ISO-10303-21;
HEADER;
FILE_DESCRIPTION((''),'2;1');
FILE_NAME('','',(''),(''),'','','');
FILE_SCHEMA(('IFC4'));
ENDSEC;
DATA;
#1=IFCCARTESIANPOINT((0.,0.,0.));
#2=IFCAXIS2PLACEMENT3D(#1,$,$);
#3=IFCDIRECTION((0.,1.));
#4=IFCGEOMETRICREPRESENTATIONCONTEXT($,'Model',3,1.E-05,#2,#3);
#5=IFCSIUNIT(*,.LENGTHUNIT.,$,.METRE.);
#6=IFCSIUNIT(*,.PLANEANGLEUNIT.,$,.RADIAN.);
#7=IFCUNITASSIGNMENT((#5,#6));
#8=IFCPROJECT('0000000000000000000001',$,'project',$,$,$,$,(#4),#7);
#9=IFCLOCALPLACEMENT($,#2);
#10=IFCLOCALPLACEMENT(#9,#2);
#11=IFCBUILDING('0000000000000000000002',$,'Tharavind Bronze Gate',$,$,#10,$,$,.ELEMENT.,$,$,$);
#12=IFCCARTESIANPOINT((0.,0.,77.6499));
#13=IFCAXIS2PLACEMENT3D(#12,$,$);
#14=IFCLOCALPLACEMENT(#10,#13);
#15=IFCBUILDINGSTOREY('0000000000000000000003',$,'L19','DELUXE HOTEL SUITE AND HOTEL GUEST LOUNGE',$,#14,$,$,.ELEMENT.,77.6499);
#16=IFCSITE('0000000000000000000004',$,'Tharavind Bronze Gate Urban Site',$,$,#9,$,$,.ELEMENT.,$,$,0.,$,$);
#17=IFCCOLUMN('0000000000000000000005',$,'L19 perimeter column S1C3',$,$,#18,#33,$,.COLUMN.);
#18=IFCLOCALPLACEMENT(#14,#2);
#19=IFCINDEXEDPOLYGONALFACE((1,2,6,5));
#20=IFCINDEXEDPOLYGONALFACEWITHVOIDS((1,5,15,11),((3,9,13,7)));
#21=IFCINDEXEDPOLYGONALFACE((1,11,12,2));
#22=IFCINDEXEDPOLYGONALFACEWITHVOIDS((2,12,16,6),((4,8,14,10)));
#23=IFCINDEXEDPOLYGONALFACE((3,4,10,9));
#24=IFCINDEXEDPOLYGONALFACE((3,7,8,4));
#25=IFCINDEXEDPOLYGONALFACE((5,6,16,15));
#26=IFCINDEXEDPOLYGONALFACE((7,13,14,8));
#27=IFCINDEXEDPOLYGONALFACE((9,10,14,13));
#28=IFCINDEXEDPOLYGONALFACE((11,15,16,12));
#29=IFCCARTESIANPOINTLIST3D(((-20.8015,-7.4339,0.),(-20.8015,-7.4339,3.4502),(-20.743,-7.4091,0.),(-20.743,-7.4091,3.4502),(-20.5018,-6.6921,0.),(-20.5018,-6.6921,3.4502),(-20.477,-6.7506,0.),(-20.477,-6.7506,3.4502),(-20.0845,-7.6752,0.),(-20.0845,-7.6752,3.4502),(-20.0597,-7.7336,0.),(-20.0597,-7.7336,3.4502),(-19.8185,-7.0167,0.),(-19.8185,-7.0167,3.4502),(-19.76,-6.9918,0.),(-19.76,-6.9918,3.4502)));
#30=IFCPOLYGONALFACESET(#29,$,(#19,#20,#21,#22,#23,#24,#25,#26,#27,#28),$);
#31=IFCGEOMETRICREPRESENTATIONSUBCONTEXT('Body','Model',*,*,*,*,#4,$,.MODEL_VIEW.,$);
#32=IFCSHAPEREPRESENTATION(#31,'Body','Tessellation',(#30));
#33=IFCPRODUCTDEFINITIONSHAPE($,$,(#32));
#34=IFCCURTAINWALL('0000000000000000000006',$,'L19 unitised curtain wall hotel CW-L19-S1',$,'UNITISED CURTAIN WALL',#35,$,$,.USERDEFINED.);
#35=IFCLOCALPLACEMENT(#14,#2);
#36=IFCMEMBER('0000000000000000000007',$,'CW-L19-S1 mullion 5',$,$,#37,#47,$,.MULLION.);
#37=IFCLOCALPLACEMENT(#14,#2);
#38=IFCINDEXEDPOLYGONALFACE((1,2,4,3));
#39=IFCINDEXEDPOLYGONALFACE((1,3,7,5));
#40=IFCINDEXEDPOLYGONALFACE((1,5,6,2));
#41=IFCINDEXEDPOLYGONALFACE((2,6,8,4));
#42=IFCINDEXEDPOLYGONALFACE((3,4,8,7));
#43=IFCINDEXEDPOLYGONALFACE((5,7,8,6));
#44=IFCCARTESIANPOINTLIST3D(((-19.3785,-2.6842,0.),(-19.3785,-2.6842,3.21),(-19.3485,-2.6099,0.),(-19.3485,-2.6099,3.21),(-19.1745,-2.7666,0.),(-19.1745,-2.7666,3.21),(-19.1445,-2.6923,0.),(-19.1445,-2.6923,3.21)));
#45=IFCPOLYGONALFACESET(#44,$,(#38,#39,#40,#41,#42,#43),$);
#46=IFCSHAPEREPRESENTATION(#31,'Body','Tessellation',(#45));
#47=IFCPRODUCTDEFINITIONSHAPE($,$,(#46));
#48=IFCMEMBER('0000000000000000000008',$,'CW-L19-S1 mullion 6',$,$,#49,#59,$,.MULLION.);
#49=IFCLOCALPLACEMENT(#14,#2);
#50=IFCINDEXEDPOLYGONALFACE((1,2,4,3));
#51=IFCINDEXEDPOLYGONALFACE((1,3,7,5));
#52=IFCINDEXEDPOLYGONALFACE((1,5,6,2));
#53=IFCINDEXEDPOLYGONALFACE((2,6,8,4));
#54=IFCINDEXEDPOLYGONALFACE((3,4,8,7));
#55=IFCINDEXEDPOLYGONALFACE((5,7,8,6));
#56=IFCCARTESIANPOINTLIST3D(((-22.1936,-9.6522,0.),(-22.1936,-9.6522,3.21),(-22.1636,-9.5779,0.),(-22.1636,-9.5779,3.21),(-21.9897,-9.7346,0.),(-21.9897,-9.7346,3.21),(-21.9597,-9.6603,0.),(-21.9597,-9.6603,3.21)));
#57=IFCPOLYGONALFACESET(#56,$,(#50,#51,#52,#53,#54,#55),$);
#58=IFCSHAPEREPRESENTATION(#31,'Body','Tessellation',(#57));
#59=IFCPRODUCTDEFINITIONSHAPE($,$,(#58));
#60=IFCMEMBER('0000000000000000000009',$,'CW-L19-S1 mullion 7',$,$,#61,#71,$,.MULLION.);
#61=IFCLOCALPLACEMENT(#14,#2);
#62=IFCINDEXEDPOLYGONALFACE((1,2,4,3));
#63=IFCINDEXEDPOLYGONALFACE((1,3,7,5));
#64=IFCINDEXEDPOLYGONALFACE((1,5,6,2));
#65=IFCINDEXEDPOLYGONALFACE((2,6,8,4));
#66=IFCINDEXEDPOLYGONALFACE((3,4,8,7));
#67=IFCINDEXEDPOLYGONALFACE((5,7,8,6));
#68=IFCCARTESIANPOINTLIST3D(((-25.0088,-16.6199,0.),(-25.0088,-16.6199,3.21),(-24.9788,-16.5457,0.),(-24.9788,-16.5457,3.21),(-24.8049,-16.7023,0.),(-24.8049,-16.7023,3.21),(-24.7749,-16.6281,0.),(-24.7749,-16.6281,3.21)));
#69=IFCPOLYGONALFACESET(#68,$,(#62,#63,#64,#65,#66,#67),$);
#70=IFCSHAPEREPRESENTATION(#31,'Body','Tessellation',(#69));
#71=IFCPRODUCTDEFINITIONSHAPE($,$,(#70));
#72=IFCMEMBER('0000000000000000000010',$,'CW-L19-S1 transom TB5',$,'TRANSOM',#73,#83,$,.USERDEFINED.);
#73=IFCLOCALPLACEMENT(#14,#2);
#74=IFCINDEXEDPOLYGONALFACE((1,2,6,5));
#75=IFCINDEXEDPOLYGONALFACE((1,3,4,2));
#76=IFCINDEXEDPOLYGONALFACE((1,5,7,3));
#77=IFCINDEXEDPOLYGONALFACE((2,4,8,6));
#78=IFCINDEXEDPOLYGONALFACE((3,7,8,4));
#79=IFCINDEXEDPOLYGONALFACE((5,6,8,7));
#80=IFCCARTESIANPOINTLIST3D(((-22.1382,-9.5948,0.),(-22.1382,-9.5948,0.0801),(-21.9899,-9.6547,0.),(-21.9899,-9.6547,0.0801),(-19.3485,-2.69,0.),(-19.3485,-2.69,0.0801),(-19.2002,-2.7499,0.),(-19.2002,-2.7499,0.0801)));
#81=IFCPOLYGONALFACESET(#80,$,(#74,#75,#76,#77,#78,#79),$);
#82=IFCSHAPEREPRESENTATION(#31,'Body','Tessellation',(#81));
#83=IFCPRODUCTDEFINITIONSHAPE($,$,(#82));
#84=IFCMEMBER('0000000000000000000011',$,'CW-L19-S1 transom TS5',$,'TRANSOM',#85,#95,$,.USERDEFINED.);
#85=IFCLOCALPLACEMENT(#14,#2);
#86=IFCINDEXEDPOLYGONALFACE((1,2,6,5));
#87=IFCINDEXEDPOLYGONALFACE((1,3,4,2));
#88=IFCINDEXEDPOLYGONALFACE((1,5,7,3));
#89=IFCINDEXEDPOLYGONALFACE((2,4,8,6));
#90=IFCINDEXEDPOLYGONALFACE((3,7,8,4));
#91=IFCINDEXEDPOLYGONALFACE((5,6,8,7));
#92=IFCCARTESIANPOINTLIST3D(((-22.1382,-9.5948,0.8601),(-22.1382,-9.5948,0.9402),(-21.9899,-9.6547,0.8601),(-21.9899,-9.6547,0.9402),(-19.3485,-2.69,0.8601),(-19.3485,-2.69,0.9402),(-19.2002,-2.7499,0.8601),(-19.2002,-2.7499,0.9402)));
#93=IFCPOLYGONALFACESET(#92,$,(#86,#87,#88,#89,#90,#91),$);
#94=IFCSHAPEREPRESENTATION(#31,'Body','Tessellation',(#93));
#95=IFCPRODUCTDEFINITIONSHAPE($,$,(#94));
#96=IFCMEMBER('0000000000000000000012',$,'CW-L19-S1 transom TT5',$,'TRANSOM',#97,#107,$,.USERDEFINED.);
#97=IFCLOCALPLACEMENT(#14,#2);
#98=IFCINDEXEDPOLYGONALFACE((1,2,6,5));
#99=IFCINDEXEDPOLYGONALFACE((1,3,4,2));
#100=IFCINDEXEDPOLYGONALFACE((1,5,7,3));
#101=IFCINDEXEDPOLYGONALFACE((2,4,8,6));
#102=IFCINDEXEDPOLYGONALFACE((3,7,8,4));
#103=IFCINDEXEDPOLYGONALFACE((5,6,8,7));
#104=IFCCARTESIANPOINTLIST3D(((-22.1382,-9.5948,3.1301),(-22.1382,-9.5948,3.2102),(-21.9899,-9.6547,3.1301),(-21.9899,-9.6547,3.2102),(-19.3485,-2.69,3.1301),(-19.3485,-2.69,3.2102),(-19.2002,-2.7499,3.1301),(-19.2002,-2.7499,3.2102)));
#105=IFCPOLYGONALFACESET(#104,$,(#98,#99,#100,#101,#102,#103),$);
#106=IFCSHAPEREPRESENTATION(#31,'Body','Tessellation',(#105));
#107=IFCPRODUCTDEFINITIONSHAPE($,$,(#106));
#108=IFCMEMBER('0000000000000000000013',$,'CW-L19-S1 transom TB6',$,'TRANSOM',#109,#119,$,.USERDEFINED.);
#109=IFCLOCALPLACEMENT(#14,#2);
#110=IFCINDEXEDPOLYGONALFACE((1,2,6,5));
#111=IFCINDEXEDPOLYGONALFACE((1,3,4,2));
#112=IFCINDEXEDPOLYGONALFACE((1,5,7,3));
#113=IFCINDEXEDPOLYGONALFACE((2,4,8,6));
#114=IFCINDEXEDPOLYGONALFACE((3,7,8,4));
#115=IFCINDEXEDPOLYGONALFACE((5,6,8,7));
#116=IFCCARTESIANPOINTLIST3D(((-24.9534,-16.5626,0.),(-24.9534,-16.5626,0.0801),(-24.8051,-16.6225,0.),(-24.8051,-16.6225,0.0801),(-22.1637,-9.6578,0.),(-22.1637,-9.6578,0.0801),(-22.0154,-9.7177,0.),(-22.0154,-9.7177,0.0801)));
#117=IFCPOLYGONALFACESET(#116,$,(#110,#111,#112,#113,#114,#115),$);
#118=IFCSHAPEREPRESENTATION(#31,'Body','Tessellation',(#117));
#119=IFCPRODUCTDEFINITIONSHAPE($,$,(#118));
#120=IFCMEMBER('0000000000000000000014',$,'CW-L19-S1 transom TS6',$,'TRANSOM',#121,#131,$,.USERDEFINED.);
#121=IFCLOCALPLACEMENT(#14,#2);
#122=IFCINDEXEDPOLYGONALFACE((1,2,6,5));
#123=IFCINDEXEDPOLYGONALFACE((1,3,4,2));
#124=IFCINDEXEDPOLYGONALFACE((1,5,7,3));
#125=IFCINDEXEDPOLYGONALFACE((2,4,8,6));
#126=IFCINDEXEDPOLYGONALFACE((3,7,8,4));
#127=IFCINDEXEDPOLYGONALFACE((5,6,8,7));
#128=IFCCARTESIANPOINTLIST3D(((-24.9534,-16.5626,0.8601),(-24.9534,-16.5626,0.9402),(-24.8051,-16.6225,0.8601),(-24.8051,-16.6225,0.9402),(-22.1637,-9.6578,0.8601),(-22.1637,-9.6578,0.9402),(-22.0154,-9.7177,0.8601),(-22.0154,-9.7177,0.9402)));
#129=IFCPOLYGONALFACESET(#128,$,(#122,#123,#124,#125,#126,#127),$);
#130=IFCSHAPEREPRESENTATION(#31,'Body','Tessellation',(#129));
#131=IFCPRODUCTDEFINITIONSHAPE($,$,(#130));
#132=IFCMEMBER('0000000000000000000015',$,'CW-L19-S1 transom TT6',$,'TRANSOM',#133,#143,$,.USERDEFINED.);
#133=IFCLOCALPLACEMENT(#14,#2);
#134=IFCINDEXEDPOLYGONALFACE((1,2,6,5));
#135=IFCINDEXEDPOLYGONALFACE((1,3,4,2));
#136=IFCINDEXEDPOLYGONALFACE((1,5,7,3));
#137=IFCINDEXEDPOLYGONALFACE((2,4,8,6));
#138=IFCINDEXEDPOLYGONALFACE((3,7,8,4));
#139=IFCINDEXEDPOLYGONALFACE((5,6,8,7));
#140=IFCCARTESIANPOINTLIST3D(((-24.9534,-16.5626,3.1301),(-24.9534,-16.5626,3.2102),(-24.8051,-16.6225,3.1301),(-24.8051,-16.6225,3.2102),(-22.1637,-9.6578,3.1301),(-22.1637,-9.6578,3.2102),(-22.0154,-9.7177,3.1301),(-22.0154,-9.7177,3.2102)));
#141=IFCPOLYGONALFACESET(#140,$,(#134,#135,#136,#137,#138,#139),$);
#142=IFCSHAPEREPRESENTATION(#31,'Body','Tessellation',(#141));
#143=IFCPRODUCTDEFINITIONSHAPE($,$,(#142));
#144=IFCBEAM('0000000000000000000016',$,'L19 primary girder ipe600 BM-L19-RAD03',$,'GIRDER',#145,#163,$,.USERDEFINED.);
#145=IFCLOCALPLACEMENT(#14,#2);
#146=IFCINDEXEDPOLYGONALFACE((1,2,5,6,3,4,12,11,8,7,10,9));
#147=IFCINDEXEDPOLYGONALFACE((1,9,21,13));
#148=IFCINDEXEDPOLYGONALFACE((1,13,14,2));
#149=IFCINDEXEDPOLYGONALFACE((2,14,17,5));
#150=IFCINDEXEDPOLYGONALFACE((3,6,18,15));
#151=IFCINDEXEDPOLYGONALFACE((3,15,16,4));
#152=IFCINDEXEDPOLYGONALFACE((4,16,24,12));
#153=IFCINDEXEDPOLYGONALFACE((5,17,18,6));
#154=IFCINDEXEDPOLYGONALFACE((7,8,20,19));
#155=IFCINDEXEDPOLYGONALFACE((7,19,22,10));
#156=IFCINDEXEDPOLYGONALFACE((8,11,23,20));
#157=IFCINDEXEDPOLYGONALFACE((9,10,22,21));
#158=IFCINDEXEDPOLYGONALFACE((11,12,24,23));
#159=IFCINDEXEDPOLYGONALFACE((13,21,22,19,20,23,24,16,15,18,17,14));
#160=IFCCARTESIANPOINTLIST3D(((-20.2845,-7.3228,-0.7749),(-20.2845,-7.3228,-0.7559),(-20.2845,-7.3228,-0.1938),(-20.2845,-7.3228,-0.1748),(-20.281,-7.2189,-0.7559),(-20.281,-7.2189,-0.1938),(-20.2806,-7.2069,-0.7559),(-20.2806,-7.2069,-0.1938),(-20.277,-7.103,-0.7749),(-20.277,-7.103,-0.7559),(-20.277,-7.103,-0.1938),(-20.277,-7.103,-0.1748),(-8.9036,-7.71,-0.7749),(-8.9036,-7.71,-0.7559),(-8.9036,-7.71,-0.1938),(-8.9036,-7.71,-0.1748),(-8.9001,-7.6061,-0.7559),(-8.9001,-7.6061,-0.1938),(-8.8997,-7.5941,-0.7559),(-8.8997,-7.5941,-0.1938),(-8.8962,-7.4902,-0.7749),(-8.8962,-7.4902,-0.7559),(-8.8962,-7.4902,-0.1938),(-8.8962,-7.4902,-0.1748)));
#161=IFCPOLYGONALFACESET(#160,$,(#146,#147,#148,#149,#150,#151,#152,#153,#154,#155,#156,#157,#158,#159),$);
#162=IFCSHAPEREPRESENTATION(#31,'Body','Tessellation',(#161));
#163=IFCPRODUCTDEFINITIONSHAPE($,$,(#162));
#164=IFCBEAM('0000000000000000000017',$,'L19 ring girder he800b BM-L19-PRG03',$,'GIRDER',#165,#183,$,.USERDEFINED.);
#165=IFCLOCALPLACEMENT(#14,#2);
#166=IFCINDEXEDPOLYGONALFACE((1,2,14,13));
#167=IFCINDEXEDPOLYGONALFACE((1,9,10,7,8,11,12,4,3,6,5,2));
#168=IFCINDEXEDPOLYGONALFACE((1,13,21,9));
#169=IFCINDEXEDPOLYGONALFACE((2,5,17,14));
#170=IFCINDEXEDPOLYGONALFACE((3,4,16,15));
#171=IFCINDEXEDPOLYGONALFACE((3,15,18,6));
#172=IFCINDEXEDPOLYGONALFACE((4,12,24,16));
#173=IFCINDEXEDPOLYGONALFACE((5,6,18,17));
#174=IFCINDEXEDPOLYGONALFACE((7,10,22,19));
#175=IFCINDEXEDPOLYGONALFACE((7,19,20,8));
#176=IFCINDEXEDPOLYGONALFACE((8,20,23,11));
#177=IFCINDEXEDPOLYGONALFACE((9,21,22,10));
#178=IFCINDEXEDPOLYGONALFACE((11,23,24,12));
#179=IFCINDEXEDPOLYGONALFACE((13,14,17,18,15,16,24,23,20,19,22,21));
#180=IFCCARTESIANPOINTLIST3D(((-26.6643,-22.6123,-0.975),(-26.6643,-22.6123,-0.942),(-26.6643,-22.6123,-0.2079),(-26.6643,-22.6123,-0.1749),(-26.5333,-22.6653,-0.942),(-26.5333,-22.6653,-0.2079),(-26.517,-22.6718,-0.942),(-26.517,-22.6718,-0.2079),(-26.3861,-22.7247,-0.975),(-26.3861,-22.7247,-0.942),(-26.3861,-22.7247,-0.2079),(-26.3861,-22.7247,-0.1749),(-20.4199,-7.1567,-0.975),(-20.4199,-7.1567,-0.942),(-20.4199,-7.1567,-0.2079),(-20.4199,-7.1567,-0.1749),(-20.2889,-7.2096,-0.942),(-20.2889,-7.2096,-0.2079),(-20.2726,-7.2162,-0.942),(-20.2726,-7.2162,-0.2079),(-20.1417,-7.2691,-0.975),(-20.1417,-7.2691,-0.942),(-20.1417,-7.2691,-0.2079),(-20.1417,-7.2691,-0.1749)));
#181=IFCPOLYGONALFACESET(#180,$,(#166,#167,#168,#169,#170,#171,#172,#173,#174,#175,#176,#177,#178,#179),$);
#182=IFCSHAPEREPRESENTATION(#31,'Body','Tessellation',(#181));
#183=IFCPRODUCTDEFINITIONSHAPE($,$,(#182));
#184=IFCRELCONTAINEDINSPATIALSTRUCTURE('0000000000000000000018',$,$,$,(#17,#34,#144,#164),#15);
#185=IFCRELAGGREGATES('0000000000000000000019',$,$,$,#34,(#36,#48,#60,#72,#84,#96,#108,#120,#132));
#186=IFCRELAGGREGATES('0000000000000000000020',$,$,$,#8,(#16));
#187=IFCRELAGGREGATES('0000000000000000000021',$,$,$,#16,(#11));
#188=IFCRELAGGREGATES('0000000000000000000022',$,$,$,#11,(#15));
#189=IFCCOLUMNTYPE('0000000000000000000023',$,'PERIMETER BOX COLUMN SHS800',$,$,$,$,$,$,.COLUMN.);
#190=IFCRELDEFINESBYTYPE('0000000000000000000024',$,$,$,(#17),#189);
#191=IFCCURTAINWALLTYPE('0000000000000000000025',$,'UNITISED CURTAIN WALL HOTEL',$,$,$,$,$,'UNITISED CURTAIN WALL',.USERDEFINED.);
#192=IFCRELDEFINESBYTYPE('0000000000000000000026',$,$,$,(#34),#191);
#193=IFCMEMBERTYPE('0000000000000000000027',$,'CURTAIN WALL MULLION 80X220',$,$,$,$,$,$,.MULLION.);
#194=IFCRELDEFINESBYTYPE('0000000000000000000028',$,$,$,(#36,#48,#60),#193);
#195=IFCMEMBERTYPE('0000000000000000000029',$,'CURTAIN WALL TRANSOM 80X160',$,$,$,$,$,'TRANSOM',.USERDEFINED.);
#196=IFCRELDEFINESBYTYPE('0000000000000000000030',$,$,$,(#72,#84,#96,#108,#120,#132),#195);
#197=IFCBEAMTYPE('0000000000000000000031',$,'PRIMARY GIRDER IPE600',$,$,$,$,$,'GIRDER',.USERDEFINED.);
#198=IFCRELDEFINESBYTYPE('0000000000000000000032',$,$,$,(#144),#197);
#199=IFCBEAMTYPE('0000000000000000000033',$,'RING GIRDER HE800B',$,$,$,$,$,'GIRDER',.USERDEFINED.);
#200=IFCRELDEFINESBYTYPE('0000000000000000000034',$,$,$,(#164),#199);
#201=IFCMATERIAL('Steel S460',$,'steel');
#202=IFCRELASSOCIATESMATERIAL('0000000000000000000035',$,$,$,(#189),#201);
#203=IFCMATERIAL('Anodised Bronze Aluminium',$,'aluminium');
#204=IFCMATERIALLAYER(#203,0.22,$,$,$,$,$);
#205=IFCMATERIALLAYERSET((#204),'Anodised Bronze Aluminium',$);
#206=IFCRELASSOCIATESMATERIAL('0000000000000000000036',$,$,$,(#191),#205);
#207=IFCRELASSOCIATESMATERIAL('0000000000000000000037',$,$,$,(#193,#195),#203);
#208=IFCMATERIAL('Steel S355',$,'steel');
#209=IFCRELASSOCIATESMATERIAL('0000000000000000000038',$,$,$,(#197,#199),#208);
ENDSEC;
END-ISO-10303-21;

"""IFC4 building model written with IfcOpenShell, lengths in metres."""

from ifc_helpers import new_model, si_unit, direction, frame, origin, origin_2d, place, context, subcontext, project, spatial, rectangle, hollow_rectangle, i_section, extrude, material, layer, layer_set, material_profile, profile_set, type_object, element, aggregate, save


model = new_model("IFC4")

# Units and contexts
model_context = context("Model", 3, precision=1e-05, world=origin(), true_north=direction((0.0, 1.0)))
body_context = subcontext(model_context, "Body", "Model", "MODEL_VIEW")
ifc_project = project(units=[si_unit("LENGTHUNIT", "METRE"), si_unit("PLANEANGLEUNIT", "RADIAN")], contexts=[model_context])

# Site, building, storey
site_placement = place(None, origin())
site = spatial("IfcSite", under=ifc_project, at=site_placement, Name="Tharavind Bronze Gate Urban Site", CompositionType="ELEMENT", RefElevation=0.0)
building_placement = place(site_placement, origin())
building = spatial("IfcBuilding", under=site, at=building_placement, Name="Tharavind Bronze Gate", CompositionType="ELEMENT")
storey_placement = place(building_placement, frame((0.0, 0.0, 77.6499)))
storey = spatial("IfcBuildingStorey", under=building, at=storey_placement, Name="L19", Description="DELUXE HOTEL SUITE AND HOTEL GUEST LOUNGE", CompositionType="ELEMENT", Elevation=77.6499)

# Column
ifc_material_1 = material(Name="Steel S460", Category="steel")
ifc_material_profile_1 = material_profile(ifc_material_1, hollow_rectangle(XDim=0.8, YDim=0.8, WallThickness=0.0449, at=origin_2d()), Name="SHS800X45")
ifc_profile_set_1 = profile_set([ifc_material_profile_1], Name="Steel S460")
column_type = type_object("IfcColumnType", Name="PERIMETER BOX COLUMN SHS800", PredefinedType="COLUMN", material=ifc_profile_set_1)
column_placement = place(storey_placement, frame((-20.2808, -7.2129, 0.0), z_axis=(0.0, 0.0, 1.0), x_axis=(0.374608, 0.927183, 0.0)))
element("IfcColumn", 1, at=column_placement, inside=storey, type_object=column_type, Name="L19 perimeter column S1C3", PredefinedType="COLUMN", context=body_context, shape_type="SweptSolid", body=[
    extrude(hollow_rectangle(XDim=0.8, YDim=0.8, WallThickness=0.0449, at=origin_2d()), origin(), (0.0, 0.0, 1.0), 3.4502),
])

# Curtain wall, members
ifc_material_2 = material(Name="Anodised Bronze Aluminium", Category="aluminium")
ifc_layer_1 = layer(ifc_material_2, 0.22)
ifc_layer_set_1 = layer_set([ifc_layer_1], Name="Anodised Bronze Aluminium")
curtain_wall_type = type_object("IfcCurtainWallType", Name="UNITISED CURTAIN WALL HOTEL", ElementType="UNITISED CURTAIN WALL", PredefinedType="USERDEFINED", material=ifc_layer_set_1)
curtain_wall_placement = place(storey_placement, origin())
curtain_wall = element("IfcCurtainWall", 2, at=curtain_wall_placement, inside=storey, type_object=curtain_wall_type, Name="L19 unitised curtain wall hotel CW-L19-S1", ObjectType="UNITISED CURTAIN WALL", PredefinedType="USERDEFINED")
member_type_1 = type_object("IfcMemberType", Name="CURTAIN WALL MULLION 80X220", PredefinedType="MULLION", material=ifc_material_2)
member_1_placement = place(storey_placement, frame((-19.2615, -2.6882, 0.0), z_axis=(0.0, 0.0, 1.0), x_axis=(-0.374607, -0.927184, 0.0)))
member_1 = element("IfcMember", 3, at=member_1_placement, type_object=member_type_1, Name="CW-L19-S1 mullion 5", PredefinedType="MULLION", context=body_context, shape_type="SweptSolid", body=[
    extrude(rectangle(XDim=0.0801, YDim=0.22, at=origin_2d()), origin(), (0.0, 0.0, 1.0), 3.21),
])
member_2_placement = place(storey_placement, frame((-22.0767, -9.6562, 0.0), z_axis=(0.0, 0.0, 1.0), x_axis=(-0.374607, -0.927184, 0.0)))
member_2 = element("IfcMember", 4, at=member_2_placement, type_object=member_type_1, Name="CW-L19-S1 mullion 6", PredefinedType="MULLION", context=body_context, shape_type="SweptSolid", body=[
    extrude(rectangle(XDim=0.0801, YDim=0.22, at=origin_2d()), origin(), (0.0, 0.0, 1.0), 3.21),
])
member_3_placement = place(storey_placement, frame((-24.8918, -16.624, 0.0), z_axis=(0.0, 0.0, 1.0), x_axis=(-0.374607, -0.927184, 0.0)))
member_3 = element("IfcMember", 5, at=member_3_placement, type_object=member_type_1, Name="CW-L19-S1 mullion 7", PredefinedType="MULLION", context=body_context, shape_type="SweptSolid", body=[
    extrude(rectangle(XDim=0.0801, YDim=0.22, at=origin_2d()), origin(), (0.0, 0.0, 1.0), 3.21),
])
member_type_2 = type_object("IfcMemberType", Name="CURTAIN WALL TRANSOM 80X160", ElementType="TRANSOM", PredefinedType="USERDEFINED", material=ifc_material_2)
member_4_placement = place(storey_placement, frame((-20.6692, -6.1724, 0.0), z_axis=(0.0, 0.0, 1.0), x_axis=(-0.374607, -0.927184, 0.0)))
member_4 = element("IfcMember", 6, at=member_4_placement, type_object=member_type_2, Name="CW-L19-S1 transom TB5", ObjectType="TRANSOM", PredefinedType="USERDEFINED", context=body_context, shape_type="SweptSolid", body=[
    extrude(rectangle(XDim=7.447, YDim=0.1599, at=origin_2d()), origin(), (0.0, 0.0, 1.0), 0.0801),
])
member_5_placement = place(storey_placement, frame((-20.6692, -6.1724, 0.8601), z_axis=(0.0, 0.0, 1.0), x_axis=(-0.374607, -0.927184, 0.0)))
member_5 = element("IfcMember", 7, at=member_5_placement, type_object=member_type_2, Name="CW-L19-S1 transom TS5", ObjectType="TRANSOM", PredefinedType="USERDEFINED", context=body_context, shape_type="SweptSolid", body=[
    extrude(rectangle(XDim=7.447, YDim=0.1599, at=origin_2d()), origin(), (0.0, 0.0, 1.0), 0.0801),
])
member_6_placement = place(storey_placement, frame((-20.6692, -6.1724, 3.1301), z_axis=(0.0, 0.0, 1.0), x_axis=(-0.374607, -0.927184, 0.0)))
member_6 = element("IfcMember", 8, at=member_6_placement, type_object=member_type_2, Name="CW-L19-S1 transom TT5", ObjectType="TRANSOM", PredefinedType="USERDEFINED", context=body_context, shape_type="SweptSolid", body=[
    extrude(rectangle(XDim=7.447, YDim=0.1599, at=origin_2d()), origin(), (0.0, 0.0, 1.0), 0.0801),
])
member_7_placement = place(storey_placement, frame((-23.4844, -13.1401, 0.0), z_axis=(0.0, 0.0, 1.0), x_axis=(-0.374607, -0.927184, 0.0)))
member_7 = element("IfcMember", 9, at=member_7_placement, type_object=member_type_2, Name="CW-L19-S1 transom TB6", ObjectType="TRANSOM", PredefinedType="USERDEFINED", context=body_context, shape_type="SweptSolid", body=[
    extrude(rectangle(XDim=7.447, YDim=0.1599, at=origin_2d()), origin(), (0.0, 0.0, 1.0), 0.0801),
])
member_8_placement = place(storey_placement, frame((-23.4844, -13.1401, 0.8601), z_axis=(0.0, 0.0, 1.0), x_axis=(-0.374607, -0.927184, 0.0)))
member_8 = element("IfcMember", 10, at=member_8_placement, type_object=member_type_2, Name="CW-L19-S1 transom TS6", ObjectType="TRANSOM", PredefinedType="USERDEFINED", context=body_context, shape_type="SweptSolid", body=[
    extrude(rectangle(XDim=7.447, YDim=0.1599, at=origin_2d()), origin(), (0.0, 0.0, 1.0), 0.0801),
])
member_9_placement = place(storey_placement, frame((-23.4844, -13.1401, 3.1301), z_axis=(0.0, 0.0, 1.0), x_axis=(-0.374607, -0.927184, 0.0)))
member_9 = element("IfcMember", 11, at=member_9_placement, type_object=member_type_2, Name="CW-L19-S1 transom TT6", ObjectType="TRANSOM", PredefinedType="USERDEFINED", context=body_context, shape_type="SweptSolid", body=[
    extrude(rectangle(XDim=7.447, YDim=0.1599, at=origin_2d()), origin(), (0.0, 0.0, 1.0), 0.0801),
])

# Beams
ifc_material_3 = material(Name="Steel S355", Category="steel")
ifc_material_profile_2 = material_profile(ifc_material_3, i_section(OverallWidth=0.22, OverallDepth=0.6001, WebThickness=0.012, FlangeThickness=0.019, at=origin_2d()), Name="IPE600")
ifc_profile_set_2 = profile_set([ifc_material_profile_2], Name="Steel S355")
beam_type_1 = type_object("IfcBeamType", Name="PRIMARY GIRDER IPE600", ElementType="GIRDER", PredefinedType="USERDEFINED", material=ifc_profile_set_2)
beam_1_placement = place(storey_placement, frame((-20.2808, -7.2129, -0.4749), z_axis=(0.999422, -0.034003, 0.0), x_axis=(0.034003, 0.999422, 0.0)))
element("IfcBeam", 12, at=beam_1_placement, inside=storey, type_object=beam_type_1, Name="L19 primary girder ipe600 BM-L19-RAD03", ObjectType="GIRDER", PredefinedType="USERDEFINED", context=body_context, shape_type="SweptSolid", body=[
    extrude(i_section(OverallWidth=0.22, OverallDepth=0.6001, WebThickness=0.012, FlangeThickness=0.019, at=origin_2d()), origin(), (0.0, 0.0, 1.0), 11.3875),
])
ifc_material_profile_3 = material_profile(ifc_material_3, i_section(OverallWidth=0.3, OverallDepth=0.8, WebThickness=0.0176, FlangeThickness=0.033, at=origin_2d()), Name="HE800B")
ifc_profile_set_3 = profile_set([ifc_material_profile_3], Name="Steel S355")
beam_type_2 = type_object("IfcBeamType", Name="RING GIRDER HE800B", ElementType="GIRDER", PredefinedType="USERDEFINED", material=ifc_profile_set_3)
beam_2_placement = place(storey_placement, frame((-20.2808, -7.2129, -0.575), z_axis=(-0.374603, -0.927185, 0.0), x_axis=(0.927185, -0.374603, 0.0)))
element("IfcBeam", 13, at=beam_2_placement, inside=storey, type_object=beam_type_2, Name="L19 ring girder he800b BM-L19-PRG03", ObjectType="GIRDER", PredefinedType="USERDEFINED", context=body_context, shape_type="SweptSolid", body=[
    extrude(i_section(OverallWidth=0.3, OverallDepth=0.8, WebThickness=0.0176, FlangeThickness=0.033, at=origin_2d()), origin(), (0.0, 0.0, 1.0), 16.6694),
])

aggregate(curtain_wall, [member_1, member_2, member_3, member_4, member_5, member_6, member_7, member_8, member_9])

save(model, "model.ifc")
